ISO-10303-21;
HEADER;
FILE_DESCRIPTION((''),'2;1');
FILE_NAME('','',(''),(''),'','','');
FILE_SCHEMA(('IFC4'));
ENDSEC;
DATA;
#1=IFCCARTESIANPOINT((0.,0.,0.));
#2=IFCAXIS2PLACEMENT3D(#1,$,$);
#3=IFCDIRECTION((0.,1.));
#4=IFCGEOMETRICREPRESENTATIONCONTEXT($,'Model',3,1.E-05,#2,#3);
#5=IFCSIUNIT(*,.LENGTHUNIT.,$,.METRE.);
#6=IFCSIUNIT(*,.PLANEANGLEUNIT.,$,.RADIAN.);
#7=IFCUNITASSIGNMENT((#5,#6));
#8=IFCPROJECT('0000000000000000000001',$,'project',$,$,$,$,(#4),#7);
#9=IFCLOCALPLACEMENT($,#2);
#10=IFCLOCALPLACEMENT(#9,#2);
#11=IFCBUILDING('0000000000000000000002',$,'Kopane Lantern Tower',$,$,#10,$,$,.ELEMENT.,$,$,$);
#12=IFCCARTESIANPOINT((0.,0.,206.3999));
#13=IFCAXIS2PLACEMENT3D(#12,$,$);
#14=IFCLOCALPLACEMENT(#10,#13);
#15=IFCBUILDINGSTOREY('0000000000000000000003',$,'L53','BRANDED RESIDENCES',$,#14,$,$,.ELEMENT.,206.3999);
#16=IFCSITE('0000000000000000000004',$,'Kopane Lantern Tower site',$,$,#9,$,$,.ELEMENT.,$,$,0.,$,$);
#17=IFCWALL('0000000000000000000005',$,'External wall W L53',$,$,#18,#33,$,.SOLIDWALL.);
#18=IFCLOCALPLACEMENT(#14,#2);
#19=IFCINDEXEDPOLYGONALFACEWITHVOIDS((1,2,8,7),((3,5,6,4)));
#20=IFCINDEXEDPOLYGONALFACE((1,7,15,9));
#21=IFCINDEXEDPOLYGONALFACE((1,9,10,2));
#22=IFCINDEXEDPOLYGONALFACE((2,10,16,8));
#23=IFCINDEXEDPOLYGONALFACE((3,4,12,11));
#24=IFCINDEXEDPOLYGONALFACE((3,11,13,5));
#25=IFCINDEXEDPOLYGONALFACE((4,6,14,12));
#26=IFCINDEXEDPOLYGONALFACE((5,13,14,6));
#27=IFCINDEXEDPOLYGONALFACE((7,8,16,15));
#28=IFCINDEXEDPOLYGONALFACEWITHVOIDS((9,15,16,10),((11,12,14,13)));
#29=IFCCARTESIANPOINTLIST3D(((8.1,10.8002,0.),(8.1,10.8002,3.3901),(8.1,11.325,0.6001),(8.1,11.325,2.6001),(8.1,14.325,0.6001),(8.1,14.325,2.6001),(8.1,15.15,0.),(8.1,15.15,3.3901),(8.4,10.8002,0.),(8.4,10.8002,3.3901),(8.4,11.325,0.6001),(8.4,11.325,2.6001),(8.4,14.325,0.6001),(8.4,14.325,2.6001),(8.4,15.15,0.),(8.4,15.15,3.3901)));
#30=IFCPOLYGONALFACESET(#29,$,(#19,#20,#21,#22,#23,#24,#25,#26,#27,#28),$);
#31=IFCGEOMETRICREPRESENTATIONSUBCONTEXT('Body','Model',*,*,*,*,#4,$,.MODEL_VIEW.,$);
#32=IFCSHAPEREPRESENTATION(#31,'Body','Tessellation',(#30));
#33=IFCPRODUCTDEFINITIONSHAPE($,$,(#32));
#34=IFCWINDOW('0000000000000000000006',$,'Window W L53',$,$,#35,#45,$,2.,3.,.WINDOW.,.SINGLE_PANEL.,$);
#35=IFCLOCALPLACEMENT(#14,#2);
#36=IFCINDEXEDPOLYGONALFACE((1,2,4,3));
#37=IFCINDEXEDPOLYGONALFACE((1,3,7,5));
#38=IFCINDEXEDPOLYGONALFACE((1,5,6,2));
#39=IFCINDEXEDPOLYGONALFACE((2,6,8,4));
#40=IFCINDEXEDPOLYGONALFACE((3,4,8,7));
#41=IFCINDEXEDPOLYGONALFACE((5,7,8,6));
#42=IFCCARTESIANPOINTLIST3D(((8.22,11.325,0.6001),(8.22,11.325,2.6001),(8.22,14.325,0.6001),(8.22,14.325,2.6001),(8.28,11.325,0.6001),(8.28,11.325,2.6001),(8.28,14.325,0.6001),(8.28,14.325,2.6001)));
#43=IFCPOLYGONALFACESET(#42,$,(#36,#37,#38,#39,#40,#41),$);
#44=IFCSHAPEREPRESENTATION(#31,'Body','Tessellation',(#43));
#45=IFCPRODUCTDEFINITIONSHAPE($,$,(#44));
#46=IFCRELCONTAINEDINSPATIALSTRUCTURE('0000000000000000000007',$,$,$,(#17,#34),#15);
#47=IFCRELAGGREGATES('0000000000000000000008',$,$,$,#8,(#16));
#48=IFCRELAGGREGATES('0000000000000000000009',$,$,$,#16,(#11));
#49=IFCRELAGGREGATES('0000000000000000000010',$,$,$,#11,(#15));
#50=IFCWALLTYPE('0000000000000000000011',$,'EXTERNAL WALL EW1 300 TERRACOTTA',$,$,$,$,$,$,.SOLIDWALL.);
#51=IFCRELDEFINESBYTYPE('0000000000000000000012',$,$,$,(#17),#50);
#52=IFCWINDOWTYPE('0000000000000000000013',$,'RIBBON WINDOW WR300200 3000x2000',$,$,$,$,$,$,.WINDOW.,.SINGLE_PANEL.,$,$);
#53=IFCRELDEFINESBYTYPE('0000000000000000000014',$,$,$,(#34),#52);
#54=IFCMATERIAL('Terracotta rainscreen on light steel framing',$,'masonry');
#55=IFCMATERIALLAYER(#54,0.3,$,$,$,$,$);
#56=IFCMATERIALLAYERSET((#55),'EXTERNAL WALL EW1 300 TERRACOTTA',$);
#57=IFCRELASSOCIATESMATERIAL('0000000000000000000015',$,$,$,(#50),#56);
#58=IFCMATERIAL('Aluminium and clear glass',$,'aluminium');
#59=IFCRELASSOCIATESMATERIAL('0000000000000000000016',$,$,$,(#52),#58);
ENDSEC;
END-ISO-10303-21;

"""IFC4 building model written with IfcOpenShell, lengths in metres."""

from ifc_helpers import new_model, si_unit, direction, frame, frame_2d, origin, place, context, subcontext, project, spatial, rectangle, extrude, material, layer, layer_set, type_object, element, fill, save


model = new_model("IFC4")

# Units and contexts
model_context = context("Model", 3, precision=1e-05, world=origin(), true_north=direction((0.0, 1.0)))
body_context = subcontext(model_context, "Body", "Model", "MODEL_VIEW")
ifc_project = project(units=[si_unit("LENGTHUNIT", "METRE"), si_unit("PLANEANGLEUNIT", "RADIAN")], contexts=[model_context])

# Site, building, storey
site_placement = place(None, origin())
site = spatial("IfcSite", under=ifc_project, at=site_placement, Name="Kopane Lantern Tower site", CompositionType="ELEMENT", RefElevation=0.0)
building_placement = place(site_placement, origin())
building = spatial("IfcBuilding", under=site, at=building_placement, Name="Kopane Lantern Tower", CompositionType="ELEMENT")
storey_placement = place(building_placement, frame((0.0, 0.0, 206.3999)))
storey = spatial("IfcBuildingStorey", under=building, at=storey_placement, Name="L53", Description="BRANDED RESIDENCES", CompositionType="ELEMENT", Elevation=206.3999)

# Shared definitions
ifc_material_1 = material(Name="Terracotta rainscreen on light steel framing", Category="masonry")
ifc_layer = layer(ifc_material_1, 0.3)
ifc_layer_set = layer_set([ifc_layer], Name="EXTERNAL WALL EW1 300 TERRACOTTA")
wall_type = type_object("IfcWallType", Name="EXTERNAL WALL EW1 300 TERRACOTTA", PredefinedType="SOLIDWALL", material=ifc_layer_set)

# Wall, opening, window
wall_1_placement = place(storey_placement, frame((8.25, 15.1499, 0.0), z_axis=(0.0, 0.0, 1.0), x_axis=(0.0, -1.0, 0.0)))
wall_1 = element("IfcWall", 1, at=wall_1_placement, inside=storey, type_object=wall_type, Name="External wall W L53", PredefinedType="SOLIDWALL", context=body_context, shape_type="SweptSolid", body=[
    extrude(rectangle(XDim=4.3499, YDim=0.3, at=frame_2d((2.1748, 0.0))), origin(), (0.0, 0.0, 1.0), 3.3901),
])
opening_1_placement = place(wall_1_placement, frame((0.825, 0.0, 0.6001)))
opening_1 = element("IfcOpeningElement", 2, at=opening_1_placement, cuts=wall_1, PredefinedType="OPENING", context=body_context, shape_type="SweptSolid", body=[
    extrude(rectangle(XDim=3.0, YDim=2.0, at=frame_2d((1.5, 1.0))), frame((0.0, 0.1599, 0.0), z_axis=(0.0, -1.0, 0.0), x_axis=(1.0, 0.0, 0.0)), (0.0, 0.0, 1.0), 0.3201),
])
ifc_material_2 = material(Name="Aluminium and clear glass", Category="aluminium")
window_type_1 = type_object("IfcWindowType", Name="RIBBON WINDOW WR300200 3000x2000", PartitioningType="SINGLE_PANEL", PredefinedType="WINDOW", material=ifc_material_2)
window_1_placement = place(opening_1_placement, origin())
window_1 = element("IfcWindow", 3, at=window_1_placement, inside=storey, type_object=window_type_1, Name="Window W L53", OverallHeight=2.0, OverallWidth=3.0, PartitioningType="SINGLE_PANEL", PredefinedType="WINDOW", context=body_context, shape_type="SweptSolid", body=[
    extrude(rectangle(XDim=3.0, YDim=2.0, at=frame_2d((1.5, 1.0))), frame((0.0, 0.03, 0.0), z_axis=(0.0, -1.0, 0.0), x_axis=(1.0, 0.0, 0.0)), (0.0, 0.0, 1.0), 0.0601),
])
fill(opening_1, window_1)

save(model, "model.ifc")
